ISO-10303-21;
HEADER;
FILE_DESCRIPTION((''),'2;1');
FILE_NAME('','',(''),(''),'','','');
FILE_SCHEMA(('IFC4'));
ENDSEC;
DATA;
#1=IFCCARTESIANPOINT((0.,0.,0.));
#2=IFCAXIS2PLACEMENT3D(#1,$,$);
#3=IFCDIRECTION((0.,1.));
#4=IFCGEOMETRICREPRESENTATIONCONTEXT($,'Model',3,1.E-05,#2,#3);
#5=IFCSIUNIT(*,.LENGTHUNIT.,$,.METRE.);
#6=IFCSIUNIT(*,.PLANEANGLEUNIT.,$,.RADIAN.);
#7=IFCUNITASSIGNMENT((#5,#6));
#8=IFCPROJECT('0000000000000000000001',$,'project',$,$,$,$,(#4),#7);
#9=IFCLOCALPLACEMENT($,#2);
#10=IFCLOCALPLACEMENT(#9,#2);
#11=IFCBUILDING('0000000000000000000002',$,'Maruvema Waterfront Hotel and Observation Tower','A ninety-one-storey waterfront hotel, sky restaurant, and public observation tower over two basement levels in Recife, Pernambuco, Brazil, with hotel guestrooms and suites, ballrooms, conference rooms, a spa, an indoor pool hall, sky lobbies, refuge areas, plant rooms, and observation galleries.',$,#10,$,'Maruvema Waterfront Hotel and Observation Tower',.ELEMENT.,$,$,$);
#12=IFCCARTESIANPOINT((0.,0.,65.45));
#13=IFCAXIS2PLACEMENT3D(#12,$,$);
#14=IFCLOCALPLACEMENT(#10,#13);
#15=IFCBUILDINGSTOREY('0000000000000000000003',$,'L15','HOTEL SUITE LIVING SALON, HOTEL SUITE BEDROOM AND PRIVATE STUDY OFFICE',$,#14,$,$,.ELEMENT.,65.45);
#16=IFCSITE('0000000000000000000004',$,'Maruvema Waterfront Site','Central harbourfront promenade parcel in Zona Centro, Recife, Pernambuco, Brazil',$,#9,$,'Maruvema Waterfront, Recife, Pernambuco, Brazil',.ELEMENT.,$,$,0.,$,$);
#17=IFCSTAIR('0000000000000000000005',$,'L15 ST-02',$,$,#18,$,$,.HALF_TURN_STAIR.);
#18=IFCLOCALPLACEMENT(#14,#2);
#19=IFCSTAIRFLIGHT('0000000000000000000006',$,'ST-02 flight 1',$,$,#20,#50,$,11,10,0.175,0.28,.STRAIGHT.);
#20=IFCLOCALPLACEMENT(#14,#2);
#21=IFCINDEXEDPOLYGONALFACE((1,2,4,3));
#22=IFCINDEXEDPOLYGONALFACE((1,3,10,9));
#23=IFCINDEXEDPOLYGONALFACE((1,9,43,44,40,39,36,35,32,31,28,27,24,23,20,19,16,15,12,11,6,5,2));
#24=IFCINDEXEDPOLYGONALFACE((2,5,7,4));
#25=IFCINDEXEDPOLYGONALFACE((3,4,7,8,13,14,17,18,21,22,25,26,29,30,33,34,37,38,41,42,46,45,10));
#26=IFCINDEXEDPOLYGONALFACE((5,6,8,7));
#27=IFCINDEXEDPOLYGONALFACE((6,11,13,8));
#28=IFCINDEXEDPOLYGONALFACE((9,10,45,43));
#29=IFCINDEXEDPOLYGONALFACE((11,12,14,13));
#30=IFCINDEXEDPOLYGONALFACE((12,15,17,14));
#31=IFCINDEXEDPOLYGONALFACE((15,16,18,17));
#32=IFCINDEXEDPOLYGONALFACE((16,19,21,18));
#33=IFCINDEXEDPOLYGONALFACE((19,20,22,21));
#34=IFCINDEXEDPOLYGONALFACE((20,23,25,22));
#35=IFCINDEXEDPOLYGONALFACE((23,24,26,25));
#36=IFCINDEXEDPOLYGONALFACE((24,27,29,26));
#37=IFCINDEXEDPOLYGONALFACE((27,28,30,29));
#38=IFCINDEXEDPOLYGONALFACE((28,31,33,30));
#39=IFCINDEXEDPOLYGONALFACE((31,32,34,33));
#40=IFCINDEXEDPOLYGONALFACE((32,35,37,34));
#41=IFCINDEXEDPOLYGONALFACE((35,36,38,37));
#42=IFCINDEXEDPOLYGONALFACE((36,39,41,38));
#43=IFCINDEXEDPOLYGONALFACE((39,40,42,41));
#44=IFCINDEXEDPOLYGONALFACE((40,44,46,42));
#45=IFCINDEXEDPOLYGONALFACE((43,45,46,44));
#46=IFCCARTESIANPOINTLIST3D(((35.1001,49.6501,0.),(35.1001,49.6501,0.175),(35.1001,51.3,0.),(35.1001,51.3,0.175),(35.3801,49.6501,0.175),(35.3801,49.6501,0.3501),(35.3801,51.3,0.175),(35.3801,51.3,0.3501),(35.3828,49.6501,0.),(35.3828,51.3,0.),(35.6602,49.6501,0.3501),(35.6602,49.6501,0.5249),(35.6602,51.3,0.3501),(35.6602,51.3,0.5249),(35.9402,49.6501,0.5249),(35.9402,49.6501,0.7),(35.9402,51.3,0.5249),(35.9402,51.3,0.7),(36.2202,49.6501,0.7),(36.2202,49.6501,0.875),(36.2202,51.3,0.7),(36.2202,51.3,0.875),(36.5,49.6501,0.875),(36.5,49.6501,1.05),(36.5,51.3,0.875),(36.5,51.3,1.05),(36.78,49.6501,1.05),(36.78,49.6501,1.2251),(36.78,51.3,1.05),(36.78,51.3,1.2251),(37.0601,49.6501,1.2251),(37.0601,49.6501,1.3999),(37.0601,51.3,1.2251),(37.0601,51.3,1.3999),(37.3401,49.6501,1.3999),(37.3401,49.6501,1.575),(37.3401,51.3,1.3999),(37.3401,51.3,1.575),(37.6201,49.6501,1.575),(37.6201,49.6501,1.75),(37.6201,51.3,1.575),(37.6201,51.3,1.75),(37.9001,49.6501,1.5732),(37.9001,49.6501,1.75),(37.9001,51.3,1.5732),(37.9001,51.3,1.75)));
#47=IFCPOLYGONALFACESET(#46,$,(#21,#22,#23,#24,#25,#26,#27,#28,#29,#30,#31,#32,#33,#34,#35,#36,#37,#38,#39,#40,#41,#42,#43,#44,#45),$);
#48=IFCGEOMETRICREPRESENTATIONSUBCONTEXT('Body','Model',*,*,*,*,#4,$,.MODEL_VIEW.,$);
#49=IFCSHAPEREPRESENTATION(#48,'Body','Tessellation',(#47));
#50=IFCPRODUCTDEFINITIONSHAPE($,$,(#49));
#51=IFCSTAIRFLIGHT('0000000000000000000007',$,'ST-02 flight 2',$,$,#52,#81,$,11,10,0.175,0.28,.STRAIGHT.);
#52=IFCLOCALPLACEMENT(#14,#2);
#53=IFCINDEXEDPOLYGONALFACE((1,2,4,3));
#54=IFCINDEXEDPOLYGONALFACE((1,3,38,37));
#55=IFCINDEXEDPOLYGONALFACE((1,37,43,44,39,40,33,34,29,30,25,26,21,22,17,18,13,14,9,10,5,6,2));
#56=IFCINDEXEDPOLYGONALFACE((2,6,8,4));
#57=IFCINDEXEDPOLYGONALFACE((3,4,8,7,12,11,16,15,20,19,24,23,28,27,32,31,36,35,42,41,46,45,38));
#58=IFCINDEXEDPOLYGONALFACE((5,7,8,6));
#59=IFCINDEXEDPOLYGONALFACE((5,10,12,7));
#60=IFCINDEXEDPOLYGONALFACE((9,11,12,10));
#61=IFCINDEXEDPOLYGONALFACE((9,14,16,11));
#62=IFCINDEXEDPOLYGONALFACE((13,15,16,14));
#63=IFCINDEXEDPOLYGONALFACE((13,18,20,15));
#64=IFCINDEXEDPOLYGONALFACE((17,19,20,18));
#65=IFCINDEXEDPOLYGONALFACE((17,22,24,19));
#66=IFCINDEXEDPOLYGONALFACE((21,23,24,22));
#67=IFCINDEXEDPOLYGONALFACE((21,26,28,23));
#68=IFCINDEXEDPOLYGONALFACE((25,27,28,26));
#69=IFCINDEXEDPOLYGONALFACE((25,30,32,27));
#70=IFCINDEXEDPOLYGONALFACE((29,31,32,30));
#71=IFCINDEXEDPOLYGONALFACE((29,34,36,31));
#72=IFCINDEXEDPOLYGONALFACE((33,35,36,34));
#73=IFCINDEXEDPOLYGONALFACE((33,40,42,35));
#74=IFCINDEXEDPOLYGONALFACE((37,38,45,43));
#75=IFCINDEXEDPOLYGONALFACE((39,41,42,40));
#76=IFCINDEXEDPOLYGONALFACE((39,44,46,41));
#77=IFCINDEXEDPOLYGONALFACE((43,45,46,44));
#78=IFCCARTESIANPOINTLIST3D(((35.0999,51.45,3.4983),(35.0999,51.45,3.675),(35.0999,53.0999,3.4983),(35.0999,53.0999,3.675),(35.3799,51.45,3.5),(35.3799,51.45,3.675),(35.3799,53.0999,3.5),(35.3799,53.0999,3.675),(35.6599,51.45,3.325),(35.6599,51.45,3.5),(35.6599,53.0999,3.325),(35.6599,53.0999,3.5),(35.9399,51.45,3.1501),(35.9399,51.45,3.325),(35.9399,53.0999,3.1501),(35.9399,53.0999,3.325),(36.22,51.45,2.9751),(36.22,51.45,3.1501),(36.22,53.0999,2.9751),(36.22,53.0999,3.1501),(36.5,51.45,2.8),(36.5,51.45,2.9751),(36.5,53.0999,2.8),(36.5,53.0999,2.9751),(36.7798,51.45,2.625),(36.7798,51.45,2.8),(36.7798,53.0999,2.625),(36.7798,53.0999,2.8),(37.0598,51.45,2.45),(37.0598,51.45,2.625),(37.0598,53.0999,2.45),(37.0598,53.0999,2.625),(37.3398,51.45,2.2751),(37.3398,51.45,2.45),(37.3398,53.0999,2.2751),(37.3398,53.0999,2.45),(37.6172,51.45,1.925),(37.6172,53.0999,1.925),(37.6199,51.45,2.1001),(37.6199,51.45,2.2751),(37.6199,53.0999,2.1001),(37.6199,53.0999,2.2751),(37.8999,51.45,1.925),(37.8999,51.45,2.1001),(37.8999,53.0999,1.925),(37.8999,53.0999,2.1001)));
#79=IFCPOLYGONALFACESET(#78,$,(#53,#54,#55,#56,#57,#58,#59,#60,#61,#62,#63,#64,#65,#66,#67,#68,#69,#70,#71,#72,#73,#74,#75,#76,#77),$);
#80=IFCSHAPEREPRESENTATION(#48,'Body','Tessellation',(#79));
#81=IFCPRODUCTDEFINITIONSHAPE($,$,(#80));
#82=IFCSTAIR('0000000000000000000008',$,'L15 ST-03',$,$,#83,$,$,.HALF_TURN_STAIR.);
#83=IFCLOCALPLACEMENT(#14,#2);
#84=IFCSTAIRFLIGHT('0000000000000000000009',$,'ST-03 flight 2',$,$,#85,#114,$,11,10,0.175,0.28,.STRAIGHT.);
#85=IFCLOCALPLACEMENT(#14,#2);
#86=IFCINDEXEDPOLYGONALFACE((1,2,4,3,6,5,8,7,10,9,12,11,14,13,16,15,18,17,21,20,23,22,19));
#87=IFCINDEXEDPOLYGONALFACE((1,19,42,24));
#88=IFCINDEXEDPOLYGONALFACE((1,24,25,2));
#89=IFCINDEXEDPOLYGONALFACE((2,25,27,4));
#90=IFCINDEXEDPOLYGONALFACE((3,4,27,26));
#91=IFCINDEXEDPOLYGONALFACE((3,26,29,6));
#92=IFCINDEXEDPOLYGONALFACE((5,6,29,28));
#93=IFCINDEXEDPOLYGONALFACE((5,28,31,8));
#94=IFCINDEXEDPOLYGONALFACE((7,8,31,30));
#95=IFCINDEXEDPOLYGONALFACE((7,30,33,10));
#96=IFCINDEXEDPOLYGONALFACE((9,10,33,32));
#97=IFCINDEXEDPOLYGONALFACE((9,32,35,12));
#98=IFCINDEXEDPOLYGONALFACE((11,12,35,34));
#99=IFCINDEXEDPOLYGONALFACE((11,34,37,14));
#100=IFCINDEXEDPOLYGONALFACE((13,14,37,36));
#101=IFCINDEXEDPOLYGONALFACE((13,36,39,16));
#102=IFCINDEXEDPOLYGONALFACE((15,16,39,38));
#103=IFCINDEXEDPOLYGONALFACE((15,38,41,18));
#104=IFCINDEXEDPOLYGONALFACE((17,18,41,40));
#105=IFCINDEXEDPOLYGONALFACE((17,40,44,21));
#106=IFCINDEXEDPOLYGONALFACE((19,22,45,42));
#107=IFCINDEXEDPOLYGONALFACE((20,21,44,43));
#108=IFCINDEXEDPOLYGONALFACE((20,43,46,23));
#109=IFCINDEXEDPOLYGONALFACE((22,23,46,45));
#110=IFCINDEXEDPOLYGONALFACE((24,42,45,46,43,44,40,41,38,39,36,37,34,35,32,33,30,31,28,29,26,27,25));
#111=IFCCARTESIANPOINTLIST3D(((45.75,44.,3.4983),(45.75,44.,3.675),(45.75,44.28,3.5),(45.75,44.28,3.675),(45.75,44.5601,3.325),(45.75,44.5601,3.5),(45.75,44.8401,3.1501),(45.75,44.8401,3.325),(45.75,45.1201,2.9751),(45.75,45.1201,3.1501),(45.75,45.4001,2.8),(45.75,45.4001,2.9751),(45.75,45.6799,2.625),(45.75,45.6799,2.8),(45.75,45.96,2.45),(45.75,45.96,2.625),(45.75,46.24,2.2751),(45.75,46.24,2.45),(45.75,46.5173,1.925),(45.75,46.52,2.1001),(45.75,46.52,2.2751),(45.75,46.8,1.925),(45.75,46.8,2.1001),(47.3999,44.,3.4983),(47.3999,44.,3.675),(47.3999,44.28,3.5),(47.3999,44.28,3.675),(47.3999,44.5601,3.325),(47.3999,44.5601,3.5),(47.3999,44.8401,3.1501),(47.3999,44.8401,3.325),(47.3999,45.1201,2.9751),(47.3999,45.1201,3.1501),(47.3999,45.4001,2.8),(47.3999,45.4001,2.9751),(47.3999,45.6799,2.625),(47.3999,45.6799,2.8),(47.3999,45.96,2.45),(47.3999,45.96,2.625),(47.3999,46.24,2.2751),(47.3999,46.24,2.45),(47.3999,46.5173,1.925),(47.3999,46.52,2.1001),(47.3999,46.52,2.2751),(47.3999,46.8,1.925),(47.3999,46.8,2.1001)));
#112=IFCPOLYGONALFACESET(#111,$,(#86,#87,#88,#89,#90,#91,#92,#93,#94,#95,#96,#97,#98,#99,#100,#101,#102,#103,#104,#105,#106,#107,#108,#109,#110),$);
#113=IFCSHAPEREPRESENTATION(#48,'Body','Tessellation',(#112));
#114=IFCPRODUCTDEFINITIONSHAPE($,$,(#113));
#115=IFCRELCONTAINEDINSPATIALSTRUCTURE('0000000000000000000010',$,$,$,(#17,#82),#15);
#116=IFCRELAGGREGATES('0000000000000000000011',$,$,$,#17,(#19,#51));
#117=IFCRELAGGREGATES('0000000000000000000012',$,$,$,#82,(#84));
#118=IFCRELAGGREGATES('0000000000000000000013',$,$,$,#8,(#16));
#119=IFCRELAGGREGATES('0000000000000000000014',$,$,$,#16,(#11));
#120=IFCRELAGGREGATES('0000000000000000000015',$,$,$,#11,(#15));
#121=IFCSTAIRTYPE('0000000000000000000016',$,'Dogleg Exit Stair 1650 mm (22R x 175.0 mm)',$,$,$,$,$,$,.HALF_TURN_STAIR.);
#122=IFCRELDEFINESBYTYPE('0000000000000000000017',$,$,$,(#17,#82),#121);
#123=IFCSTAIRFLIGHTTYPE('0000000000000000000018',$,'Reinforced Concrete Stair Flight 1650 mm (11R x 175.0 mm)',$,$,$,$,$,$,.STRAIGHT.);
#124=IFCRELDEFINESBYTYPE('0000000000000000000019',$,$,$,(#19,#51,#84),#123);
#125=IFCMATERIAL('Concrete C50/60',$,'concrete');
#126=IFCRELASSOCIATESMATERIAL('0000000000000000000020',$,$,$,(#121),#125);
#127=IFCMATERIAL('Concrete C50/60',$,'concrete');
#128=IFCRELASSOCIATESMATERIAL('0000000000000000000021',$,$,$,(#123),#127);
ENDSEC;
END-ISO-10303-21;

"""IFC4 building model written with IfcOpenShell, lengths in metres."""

from ifc_helpers import new_model, si_unit, direction, frame, origin, place, context, subcontext, project, spatial, polyline, outline, extrude, material, type_object, element, aggregate, save


model = new_model("IFC4")

# Units and contexts
model_context = context("Model", 3, precision=1e-05, world=origin(), true_north=direction((0.0, 1.0)))
body_context = subcontext(model_context, "Body", "Model", "MODEL_VIEW")
ifc_project = project(units=[si_unit("LENGTHUNIT", "METRE"), si_unit("PLANEANGLEUNIT", "RADIAN")], contexts=[model_context])

# Site, building, storey
site_placement = place(None, origin())
site = spatial("IfcSite", under=ifc_project, at=site_placement, Name="Maruvema Waterfront Site", Description="Central harbourfront promenade parcel in Zona Centro, Recife, Pernambuco, Brazil", LongName="Maruvema Waterfront, Recife, Pernambuco, Brazil", CompositionType="ELEMENT", RefElevation=0.0)
building_placement = place(site_placement, origin())
building = spatial("IfcBuilding", under=site, at=building_placement, Name="Maruvema Waterfront Hotel and Observation Tower", Description="A ninety-one-storey waterfront hotel, sky restaurant, and public observation tower over two basement levels in Recife, Pernambuco, Brazil, with hotel guestrooms and suites, ballrooms, conference rooms, a spa, an indoor pool hall, sky lobbies, refuge areas, plant rooms, and observation galleries.", LongName="Maruvema Waterfront Hotel and Observation Tower", CompositionType="ELEMENT")
storey_placement = place(building_placement, frame((0.0, 0.0, 65.45)))
storey = spatial("IfcBuildingStorey", under=building, at=storey_placement, Name="L15", Description="HOTEL SUITE LIVING SALON, HOTEL SUITE BEDROOM AND PRIVATE STUDY OFFICE", CompositionType="ELEMENT", Elevation=65.45)

# Stair, stair flights
ifc_material_1 = material(Name="Concrete C50/60", Category="concrete")
stair_type = type_object("IfcStairType", Name="Dogleg Exit Stair 1650 mm (22R x 175.0 mm)", PredefinedType="HALF_TURN_STAIR", material=ifc_material_1)
stair_1_placement = place(storey_placement, origin())
stair_1 = element("IfcStair", 1, at=stair_1_placement, inside=storey, type_object=stair_type, Name="L15 ST-02", PredefinedType="HALF_TURN_STAIR")
ifc_material_2 = material(Name="Concrete C50/60", Category="concrete")
stair_flight_type = type_object("IfcStairFlightType", Name="Reinforced Concrete Stair Flight 1650 mm (11R x 175.0 mm)", PredefinedType="STRAIGHT", material=ifc_material_2)
stair_flight_1_placement = place(storey_placement, frame((35.1001, 50.4751, 0.0), z_axis=(0.0, 0.0, 1.0), x_axis=(1.0, 0.0, 0.0)))
stair_flight_1 = element("IfcStairFlight", 2, at=stair_flight_1_placement, type_object=stair_flight_type, Name="ST-02 flight 1", NumberOfRisers=11, NumberOfTreads=10, PredefinedType="STRAIGHT", RiserHeight=0.175, TreadLength=0.28, context=body_context, shape_type="SweptSolid", body=[
    extrude(outline(polyline([(0.0, 0.0), (0.0, 0.175), (0.28, 0.175), (0.28, 0.3501), (0.5601, 0.3501), (0.5601, 0.5249), (0.8401, 0.5249), (0.8401, 0.7), (1.1201, 0.7), (1.1201, 0.875), (1.3999, 0.875), (1.3999, 1.05), (1.6799, 1.05), (1.6799, 1.2251), (1.96, 1.2251), (1.96, 1.3999), (2.24, 1.3999), (2.24, 1.575), (2.52, 1.575), (2.52, 1.75), (2.8, 1.75), (2.8, 1.925), (2.8, 1.5732), (0.2827, 0.0), (0.0, 0.0)])), frame((0.0, 0.825, 0.0), z_axis=(0.0, -1.0, 0.0), x_axis=(1.0, 0.0, 0.0)), (0.0, 0.0, 1.0), 1.6499),
])
stair_flight_2_placement = place(storey_placement, frame((37.8999, 52.2749, 1.925), z_axis=(0.0, 0.0, 1.0), x_axis=(-1.0, 0.0, 0.0)))
stair_flight_2 = element("IfcStairFlight", 3, at=stair_flight_2_placement, type_object=stair_flight_type, Name="ST-02 flight 2", NumberOfRisers=11, NumberOfTreads=10, PredefinedType="STRAIGHT", RiserHeight=0.175, TreadLength=0.28, context=body_context, shape_type="SweptSolid", body=[
    extrude(outline(polyline([(0.0, 0.0), (0.0, 0.175), (0.28, 0.175), (0.28, 0.3501), (0.5601, 0.3501), (0.5601, 0.5249), (0.8401, 0.5249), (0.8401, 0.7), (1.1201, 0.7), (1.1201, 0.875), (1.3999, 0.875), (1.3999, 1.05), (1.6799, 1.05), (1.6799, 1.2251), (1.96, 1.2251), (1.96, 1.3999), (2.24, 1.3999), (2.24, 1.575), (2.52, 1.575), (2.52, 1.75), (2.8, 1.75), (2.8, 1.925), (2.8, 1.5732), (0.2827, 0.0), (0.0, 0.0)])), frame((0.0, 0.825, 0.0), z_axis=(0.0, -1.0, 0.0), x_axis=(1.0, 0.0, 0.0)), (0.0, 0.0, 1.0), 1.6499),
])
aggregate(stair_1, [stair_flight_1, stair_flight_2])

# Stair, stair flight
stair_2_placement = place(storey_placement, origin())
stair_2 = element("IfcStair", 4, at=stair_2_placement, inside=storey, type_object=stair_type, Name="L15 ST-03", PredefinedType="HALF_TURN_STAIR")
stair_flight_3_placement = place(storey_placement, frame((46.575, 46.8, 1.925), z_axis=(0.0, 0.0, 1.0), x_axis=(0.0, -1.0, 0.0)))
stair_flight_3 = element("IfcStairFlight", 5, at=stair_flight_3_placement, type_object=stair_flight_type, Name="ST-03 flight 2", NumberOfRisers=11, NumberOfTreads=10, PredefinedType="STRAIGHT", RiserHeight=0.175, TreadLength=0.28, context=body_context, shape_type="SweptSolid", body=[
    extrude(outline(polyline([(0.0, 0.0), (0.0, 0.175), (0.28, 0.175), (0.28, 0.3501), (0.5601, 0.3501), (0.5601, 0.5249), (0.8401, 0.5249), (0.8401, 0.7), (1.1201, 0.7), (1.1201, 0.875), (1.3999, 0.875), (1.3999, 1.05), (1.6799, 1.05), (1.6799, 1.2251), (1.96, 1.2251), (1.96, 1.3999), (2.24, 1.3999), (2.24, 1.575), (2.52, 1.575), (2.52, 1.75), (2.8, 1.75), (2.8, 1.925), (2.8, 1.5732), (0.2827, 0.0), (0.0, 0.0)])), frame((0.0, 0.825, 0.0), z_axis=(0.0, -1.0, 0.0), x_axis=(1.0, 0.0, 0.0)), (0.0, 0.0, 1.0), 1.6499),
])
aggregate(stair_2, [stair_flight_3])

save(model, "model.ifc")
